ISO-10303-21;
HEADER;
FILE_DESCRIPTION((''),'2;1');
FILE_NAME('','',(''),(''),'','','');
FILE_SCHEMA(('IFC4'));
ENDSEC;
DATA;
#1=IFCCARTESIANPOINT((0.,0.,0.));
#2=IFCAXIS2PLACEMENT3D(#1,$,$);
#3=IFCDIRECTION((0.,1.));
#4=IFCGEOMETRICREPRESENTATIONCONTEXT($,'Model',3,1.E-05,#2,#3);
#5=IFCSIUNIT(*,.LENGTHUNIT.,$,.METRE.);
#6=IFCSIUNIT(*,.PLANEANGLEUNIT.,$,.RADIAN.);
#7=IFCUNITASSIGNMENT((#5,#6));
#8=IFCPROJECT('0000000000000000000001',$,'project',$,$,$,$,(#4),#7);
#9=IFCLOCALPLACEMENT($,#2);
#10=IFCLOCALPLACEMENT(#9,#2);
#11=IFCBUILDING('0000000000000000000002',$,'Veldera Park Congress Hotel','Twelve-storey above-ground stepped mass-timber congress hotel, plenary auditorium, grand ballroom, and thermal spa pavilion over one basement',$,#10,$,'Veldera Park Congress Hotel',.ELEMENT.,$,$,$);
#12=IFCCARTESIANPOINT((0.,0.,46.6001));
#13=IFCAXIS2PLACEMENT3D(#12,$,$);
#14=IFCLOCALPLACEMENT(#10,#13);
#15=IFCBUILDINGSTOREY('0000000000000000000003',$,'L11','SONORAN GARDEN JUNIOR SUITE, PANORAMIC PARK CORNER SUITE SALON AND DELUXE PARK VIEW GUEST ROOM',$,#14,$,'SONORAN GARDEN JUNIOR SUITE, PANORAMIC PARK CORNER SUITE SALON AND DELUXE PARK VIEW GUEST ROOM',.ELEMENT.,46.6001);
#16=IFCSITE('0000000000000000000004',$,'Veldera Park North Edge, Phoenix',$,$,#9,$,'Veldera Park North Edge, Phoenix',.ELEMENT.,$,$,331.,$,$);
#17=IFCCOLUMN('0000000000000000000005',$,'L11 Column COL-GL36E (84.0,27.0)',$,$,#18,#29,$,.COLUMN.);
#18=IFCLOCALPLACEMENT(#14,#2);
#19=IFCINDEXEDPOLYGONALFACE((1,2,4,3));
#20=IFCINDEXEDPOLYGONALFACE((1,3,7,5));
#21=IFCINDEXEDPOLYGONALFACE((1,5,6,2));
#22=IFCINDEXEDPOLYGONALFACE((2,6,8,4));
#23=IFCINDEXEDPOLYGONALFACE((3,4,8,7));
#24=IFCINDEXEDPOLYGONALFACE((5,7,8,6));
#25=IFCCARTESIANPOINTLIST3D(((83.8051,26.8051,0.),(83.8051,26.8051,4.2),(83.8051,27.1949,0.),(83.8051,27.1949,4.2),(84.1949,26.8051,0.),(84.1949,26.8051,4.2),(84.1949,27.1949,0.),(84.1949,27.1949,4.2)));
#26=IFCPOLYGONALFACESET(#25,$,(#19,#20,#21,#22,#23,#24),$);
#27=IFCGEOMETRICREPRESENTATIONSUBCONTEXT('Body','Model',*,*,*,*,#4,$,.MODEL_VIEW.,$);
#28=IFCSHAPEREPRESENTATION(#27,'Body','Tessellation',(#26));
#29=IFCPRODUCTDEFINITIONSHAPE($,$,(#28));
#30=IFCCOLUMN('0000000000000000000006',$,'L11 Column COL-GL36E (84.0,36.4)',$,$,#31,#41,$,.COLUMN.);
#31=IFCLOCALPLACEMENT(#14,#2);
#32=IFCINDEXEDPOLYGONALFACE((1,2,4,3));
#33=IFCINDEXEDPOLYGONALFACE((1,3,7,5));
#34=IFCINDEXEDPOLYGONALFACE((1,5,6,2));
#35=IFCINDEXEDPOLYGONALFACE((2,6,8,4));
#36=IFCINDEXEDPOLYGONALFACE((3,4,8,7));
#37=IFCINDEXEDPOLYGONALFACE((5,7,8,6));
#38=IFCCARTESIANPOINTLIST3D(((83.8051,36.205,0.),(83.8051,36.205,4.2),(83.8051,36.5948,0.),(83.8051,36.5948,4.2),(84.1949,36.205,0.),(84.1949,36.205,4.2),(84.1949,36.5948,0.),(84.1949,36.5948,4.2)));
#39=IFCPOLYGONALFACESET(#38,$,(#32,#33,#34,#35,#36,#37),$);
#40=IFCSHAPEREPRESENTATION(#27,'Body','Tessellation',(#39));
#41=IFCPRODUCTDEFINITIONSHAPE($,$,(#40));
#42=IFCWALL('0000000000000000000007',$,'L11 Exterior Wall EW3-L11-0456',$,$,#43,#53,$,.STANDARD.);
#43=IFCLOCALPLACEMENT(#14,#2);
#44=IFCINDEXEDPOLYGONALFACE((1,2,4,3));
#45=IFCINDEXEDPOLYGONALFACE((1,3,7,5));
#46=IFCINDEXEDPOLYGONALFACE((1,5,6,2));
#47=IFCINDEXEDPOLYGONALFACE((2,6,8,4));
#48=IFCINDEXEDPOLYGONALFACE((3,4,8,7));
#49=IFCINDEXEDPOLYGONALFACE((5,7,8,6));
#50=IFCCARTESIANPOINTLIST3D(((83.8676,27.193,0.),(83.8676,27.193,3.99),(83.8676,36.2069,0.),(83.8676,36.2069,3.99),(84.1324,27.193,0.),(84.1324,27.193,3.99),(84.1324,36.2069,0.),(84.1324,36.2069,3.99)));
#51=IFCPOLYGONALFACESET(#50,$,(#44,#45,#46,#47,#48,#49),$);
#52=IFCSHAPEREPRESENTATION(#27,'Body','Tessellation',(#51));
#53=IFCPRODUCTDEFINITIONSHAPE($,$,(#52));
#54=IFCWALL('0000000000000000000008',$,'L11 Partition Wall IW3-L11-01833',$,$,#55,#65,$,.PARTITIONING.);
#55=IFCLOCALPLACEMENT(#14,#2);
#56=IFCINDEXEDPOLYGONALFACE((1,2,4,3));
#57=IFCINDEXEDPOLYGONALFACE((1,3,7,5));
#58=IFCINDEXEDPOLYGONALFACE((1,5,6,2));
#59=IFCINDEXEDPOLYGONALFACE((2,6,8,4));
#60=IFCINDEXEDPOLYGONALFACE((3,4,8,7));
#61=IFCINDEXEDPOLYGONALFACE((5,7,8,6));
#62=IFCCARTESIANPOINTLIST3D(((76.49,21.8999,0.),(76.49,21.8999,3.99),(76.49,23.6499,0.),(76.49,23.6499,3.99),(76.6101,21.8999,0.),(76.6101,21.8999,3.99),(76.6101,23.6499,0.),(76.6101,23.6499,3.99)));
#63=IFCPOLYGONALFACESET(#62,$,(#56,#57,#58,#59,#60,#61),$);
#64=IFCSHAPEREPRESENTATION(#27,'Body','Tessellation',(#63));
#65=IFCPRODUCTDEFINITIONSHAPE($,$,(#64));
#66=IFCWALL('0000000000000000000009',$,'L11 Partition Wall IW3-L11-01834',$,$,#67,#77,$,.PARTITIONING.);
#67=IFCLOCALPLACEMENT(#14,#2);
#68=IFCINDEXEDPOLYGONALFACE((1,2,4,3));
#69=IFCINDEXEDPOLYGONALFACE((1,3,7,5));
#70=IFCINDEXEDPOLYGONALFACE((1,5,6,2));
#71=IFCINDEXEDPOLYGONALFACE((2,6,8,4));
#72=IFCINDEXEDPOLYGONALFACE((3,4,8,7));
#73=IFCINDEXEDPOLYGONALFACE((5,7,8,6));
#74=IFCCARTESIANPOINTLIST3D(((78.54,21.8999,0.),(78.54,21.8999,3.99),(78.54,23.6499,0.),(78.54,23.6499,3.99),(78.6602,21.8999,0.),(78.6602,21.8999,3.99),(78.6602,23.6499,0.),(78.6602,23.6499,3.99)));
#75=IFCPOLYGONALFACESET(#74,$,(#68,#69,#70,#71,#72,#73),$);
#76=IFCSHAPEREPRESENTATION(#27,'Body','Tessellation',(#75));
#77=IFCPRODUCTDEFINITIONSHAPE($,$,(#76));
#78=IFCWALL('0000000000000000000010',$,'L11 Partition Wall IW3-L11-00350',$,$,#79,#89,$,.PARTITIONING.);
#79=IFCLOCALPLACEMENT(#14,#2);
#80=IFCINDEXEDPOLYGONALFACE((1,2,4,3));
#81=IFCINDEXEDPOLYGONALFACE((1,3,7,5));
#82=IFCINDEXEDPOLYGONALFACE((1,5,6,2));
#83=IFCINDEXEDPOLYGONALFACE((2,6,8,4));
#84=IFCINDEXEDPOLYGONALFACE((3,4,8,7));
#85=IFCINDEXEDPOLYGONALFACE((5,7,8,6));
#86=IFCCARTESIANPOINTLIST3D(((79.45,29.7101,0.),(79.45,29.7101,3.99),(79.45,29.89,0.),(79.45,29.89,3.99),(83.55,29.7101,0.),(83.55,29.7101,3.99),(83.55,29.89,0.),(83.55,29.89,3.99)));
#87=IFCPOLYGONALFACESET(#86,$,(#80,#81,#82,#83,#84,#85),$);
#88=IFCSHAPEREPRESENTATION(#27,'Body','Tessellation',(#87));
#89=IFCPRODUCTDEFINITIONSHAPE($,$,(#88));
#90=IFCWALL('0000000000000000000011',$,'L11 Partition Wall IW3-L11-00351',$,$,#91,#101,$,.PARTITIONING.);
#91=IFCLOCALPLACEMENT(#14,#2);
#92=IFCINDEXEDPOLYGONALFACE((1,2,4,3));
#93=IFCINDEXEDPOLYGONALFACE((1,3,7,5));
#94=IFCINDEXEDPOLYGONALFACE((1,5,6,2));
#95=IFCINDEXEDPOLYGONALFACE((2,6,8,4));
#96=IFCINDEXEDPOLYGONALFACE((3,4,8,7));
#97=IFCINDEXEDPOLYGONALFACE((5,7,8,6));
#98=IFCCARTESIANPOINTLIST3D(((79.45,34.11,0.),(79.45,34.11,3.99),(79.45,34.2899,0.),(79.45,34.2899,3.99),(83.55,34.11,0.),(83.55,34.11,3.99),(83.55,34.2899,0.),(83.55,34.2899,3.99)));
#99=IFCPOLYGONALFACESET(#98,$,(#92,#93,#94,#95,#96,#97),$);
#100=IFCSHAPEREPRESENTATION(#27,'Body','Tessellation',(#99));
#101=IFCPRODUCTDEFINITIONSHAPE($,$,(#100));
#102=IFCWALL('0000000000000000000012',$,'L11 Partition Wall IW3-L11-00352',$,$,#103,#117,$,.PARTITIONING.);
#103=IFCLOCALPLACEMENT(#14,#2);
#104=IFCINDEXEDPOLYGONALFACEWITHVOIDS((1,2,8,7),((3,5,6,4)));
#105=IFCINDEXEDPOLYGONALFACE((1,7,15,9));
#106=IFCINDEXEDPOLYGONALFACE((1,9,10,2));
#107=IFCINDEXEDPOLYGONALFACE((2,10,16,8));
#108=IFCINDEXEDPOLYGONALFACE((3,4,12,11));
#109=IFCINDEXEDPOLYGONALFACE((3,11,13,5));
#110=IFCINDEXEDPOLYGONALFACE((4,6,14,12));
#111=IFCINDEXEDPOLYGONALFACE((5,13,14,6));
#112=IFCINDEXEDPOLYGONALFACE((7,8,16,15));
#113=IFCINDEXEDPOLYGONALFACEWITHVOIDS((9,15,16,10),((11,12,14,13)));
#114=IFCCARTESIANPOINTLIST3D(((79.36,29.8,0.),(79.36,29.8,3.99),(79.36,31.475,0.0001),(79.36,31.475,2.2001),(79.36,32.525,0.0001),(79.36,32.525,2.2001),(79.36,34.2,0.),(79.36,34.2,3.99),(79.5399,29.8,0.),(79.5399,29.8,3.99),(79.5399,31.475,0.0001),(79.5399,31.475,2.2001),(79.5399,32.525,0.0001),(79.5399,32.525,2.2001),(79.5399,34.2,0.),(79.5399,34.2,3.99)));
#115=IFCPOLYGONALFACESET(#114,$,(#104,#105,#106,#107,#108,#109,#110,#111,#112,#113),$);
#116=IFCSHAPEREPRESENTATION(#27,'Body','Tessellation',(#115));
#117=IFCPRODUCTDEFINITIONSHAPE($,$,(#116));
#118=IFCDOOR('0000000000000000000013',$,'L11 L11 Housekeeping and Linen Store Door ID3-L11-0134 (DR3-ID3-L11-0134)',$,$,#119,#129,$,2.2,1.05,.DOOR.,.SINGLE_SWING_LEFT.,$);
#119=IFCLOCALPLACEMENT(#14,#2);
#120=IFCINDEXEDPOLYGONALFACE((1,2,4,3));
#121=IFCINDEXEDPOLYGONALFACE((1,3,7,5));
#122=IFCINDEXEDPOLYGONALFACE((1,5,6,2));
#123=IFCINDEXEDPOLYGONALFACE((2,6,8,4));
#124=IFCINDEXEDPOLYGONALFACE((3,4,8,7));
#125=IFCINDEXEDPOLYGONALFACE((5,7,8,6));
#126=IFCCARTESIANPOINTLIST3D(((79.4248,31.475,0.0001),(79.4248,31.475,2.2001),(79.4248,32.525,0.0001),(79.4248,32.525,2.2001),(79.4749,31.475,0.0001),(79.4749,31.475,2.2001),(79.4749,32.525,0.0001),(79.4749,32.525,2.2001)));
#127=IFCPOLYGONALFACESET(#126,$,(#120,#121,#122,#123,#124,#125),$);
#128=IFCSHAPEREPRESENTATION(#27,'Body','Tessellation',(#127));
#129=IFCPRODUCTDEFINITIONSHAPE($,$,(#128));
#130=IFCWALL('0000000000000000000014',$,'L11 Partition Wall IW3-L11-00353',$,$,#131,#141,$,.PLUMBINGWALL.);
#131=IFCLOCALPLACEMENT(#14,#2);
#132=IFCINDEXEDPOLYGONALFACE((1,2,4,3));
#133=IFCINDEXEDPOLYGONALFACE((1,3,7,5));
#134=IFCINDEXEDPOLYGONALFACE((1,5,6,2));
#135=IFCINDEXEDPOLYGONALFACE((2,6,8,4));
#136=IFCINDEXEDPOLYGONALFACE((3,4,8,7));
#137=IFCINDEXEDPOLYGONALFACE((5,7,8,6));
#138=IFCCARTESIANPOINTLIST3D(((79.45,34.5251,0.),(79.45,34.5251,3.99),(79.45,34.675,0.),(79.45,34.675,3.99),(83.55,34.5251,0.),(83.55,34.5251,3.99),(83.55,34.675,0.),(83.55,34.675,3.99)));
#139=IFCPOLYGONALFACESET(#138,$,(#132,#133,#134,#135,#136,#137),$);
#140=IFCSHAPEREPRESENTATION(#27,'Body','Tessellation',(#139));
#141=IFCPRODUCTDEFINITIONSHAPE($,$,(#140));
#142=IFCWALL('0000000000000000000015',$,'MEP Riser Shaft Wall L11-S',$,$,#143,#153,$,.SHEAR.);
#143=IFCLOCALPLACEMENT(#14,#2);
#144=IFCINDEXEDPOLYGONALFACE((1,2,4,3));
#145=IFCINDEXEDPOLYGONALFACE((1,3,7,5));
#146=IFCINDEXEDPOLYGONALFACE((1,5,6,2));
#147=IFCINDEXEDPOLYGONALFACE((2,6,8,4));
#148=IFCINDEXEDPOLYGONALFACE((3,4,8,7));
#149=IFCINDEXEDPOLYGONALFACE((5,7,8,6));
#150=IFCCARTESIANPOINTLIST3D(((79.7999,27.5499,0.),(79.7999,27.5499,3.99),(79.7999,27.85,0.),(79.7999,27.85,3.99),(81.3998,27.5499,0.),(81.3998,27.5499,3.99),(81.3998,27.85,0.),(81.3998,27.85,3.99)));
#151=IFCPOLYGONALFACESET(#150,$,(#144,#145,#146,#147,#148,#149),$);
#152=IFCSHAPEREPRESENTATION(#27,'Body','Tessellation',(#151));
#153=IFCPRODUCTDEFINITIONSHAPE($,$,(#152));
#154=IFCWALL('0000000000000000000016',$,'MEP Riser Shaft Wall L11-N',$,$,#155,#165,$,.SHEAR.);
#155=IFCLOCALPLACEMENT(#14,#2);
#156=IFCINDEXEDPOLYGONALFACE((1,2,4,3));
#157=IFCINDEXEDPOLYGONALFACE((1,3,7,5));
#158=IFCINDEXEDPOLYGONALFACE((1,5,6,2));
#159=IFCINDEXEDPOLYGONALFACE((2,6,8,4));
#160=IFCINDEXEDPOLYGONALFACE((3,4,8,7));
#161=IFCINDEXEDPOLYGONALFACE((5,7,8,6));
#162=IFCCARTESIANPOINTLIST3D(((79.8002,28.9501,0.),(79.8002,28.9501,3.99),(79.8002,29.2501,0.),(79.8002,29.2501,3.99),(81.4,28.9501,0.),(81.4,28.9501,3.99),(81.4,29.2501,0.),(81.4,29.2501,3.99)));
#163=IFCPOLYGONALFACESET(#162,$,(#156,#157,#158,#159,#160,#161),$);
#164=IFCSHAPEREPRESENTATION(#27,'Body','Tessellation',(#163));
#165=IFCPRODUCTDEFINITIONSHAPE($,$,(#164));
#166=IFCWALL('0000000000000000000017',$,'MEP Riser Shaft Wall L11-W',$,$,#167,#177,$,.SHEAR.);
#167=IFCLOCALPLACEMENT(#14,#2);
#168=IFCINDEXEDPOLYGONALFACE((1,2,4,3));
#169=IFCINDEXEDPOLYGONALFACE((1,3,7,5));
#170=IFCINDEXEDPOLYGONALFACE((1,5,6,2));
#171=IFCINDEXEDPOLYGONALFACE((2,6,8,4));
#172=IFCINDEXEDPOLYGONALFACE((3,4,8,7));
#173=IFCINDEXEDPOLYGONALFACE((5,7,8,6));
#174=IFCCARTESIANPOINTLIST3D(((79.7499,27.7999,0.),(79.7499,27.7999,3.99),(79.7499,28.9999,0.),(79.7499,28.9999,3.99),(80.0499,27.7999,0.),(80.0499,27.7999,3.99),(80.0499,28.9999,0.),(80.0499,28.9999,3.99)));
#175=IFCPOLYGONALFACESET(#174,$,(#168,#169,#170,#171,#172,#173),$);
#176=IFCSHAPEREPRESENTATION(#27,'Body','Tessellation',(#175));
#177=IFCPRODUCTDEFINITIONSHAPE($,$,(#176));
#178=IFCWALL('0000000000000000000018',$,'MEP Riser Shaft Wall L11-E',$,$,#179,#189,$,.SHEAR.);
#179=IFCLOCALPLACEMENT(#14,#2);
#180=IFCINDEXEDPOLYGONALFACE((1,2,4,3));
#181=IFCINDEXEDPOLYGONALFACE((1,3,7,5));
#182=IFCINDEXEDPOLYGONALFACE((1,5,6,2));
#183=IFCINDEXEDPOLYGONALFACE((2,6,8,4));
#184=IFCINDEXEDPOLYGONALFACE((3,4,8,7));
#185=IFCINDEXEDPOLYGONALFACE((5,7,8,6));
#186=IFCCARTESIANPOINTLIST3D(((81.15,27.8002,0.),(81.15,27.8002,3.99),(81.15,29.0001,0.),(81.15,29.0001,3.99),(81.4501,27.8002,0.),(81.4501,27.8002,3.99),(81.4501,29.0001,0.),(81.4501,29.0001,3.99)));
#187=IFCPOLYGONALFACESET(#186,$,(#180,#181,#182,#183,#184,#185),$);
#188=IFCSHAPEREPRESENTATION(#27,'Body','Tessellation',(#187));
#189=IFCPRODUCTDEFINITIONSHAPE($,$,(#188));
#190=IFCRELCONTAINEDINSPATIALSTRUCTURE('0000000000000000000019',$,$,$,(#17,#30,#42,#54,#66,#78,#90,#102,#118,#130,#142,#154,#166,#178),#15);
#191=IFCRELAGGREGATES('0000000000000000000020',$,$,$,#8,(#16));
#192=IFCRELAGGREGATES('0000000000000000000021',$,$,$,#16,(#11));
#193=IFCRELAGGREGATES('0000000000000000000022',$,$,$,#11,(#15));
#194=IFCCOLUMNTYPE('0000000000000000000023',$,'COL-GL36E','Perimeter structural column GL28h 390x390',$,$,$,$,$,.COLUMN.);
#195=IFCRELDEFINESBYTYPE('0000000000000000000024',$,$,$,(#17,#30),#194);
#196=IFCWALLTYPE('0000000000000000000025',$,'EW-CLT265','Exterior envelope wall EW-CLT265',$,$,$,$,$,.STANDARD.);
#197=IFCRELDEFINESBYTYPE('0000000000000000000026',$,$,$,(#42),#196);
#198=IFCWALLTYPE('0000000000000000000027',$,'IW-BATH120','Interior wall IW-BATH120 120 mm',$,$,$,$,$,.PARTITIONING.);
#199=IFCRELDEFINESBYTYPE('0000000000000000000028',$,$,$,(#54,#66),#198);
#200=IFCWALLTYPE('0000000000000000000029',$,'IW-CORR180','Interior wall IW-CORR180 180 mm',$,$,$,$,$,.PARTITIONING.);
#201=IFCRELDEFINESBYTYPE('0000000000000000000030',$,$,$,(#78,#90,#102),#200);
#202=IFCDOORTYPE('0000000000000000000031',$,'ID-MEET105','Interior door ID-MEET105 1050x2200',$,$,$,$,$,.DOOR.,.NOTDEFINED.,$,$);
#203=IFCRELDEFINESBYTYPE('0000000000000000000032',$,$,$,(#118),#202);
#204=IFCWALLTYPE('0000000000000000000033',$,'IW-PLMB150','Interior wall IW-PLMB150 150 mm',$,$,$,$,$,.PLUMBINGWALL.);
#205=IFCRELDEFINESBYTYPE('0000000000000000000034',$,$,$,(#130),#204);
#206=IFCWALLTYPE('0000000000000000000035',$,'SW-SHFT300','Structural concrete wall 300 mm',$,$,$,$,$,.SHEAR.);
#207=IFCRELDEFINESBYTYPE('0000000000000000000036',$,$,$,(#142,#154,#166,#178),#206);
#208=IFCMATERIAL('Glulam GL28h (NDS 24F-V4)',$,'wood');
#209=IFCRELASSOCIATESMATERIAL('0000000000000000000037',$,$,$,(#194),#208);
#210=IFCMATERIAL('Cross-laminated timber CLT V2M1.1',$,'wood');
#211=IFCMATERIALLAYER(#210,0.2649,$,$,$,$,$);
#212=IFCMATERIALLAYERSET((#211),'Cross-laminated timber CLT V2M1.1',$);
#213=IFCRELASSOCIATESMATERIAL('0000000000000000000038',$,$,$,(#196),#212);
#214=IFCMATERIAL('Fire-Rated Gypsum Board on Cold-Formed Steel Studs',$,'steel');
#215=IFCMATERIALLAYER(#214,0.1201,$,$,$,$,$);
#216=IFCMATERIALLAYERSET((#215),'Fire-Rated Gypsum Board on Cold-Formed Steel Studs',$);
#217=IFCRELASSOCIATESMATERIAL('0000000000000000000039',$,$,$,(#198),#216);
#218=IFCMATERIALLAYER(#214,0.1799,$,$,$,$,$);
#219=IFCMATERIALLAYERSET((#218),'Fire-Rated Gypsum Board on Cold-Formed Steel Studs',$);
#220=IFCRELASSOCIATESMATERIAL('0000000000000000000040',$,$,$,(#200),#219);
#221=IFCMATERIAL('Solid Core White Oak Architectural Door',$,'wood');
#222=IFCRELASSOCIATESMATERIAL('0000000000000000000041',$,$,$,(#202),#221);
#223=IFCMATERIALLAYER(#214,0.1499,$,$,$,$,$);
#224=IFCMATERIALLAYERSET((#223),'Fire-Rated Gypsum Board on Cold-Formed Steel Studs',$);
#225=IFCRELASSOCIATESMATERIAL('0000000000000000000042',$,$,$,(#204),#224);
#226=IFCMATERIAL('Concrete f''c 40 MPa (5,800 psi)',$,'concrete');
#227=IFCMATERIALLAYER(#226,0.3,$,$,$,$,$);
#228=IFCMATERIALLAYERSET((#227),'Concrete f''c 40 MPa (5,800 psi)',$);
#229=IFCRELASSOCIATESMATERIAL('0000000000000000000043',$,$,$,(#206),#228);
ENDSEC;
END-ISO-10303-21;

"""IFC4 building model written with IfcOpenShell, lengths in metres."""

from ifc_helpers import new_model, si_unit, direction, frame, frame_2d, origin, origin_2d, place, context, subcontext, project, spatial, rectangle, extrude, material, layer, layer_set, material_profile, profile_set, type_object, element, fill, save


model = new_model("IFC4")

# Units and contexts
model_context = context("Model", 3, precision=1e-05, world=origin(), true_north=direction((0.0, 1.0)))
body_context = subcontext(model_context, "Body", "Model", "MODEL_VIEW")
ifc_project = project(units=[si_unit("LENGTHUNIT", "METRE"), si_unit("PLANEANGLEUNIT", "RADIAN")], contexts=[model_context])

# Site, building, storey
site_placement = place(None, origin())
site = spatial("IfcSite", under=ifc_project, at=site_placement, Name="Veldera Park North Edge, Phoenix", LongName="Veldera Park North Edge, Phoenix", CompositionType="ELEMENT", RefElevation=331.0)
building_placement = place(site_placement, origin())
building = spatial("IfcBuilding", under=site, at=building_placement, Name="Veldera Park Congress Hotel", Description="Twelve-storey above-ground stepped mass-timber congress hotel, plenary auditorium, grand ballroom, and thermal spa pavilion over one basement", LongName="Veldera Park Congress Hotel", CompositionType="ELEMENT")
storey_placement = place(building_placement, frame((0.0, 0.0, 46.6001)))
storey = spatial("IfcBuildingStorey", under=building, at=storey_placement, Name="L11", Description="SONORAN GARDEN JUNIOR SUITE, PANORAMIC PARK CORNER SUITE SALON AND DELUXE PARK VIEW GUEST ROOM", LongName="SONORAN GARDEN JUNIOR SUITE, PANORAMIC PARK CORNER SUITE SALON AND DELUXE PARK VIEW GUEST ROOM", CompositionType="ELEMENT", Elevation=46.6001)

# Columns
ifc_material_1 = material(Name="Glulam GL28h (NDS 24F-V4)", Category="wood")
ifc_material_profile = material_profile(ifc_material_1, rectangle(XDim=0.3899, YDim=0.3899, at=origin_2d()), Name="GL28h 390x390")
ifc_profile_set = profile_set([ifc_material_profile], Name="Glulam GL28h (NDS 24F-V4)")
column_type = type_object("IfcColumnType", Name="COL-GL36E", Description="Perimeter structural column GL28h 390x390", PredefinedType="COLUMN", material=ifc_profile_set)
for number, where, z_axis, x_axis, name in (
    (1, (84.0, 27.0, 0.0), (0.0, 0.0, 1.0), (1.0, 0.0, 0.0), "L11 Column COL-GL36E (84.0,27.0)"),
    (2, (84.0, 36.3999, 0.0), (0.0, 0.0, 1.0), (1.0, 0.0, 0.0), "L11 Column COL-GL36E (84.0,36.4)"),
):
    element("IfcColumn", number, at=place(storey_placement, frame(where, z_axis=z_axis, x_axis=x_axis)), inside=storey, type_object=column_type, Name=name, PredefinedType="COLUMN", context=body_context, shape_type="SweptSolid", body=[
        extrude(rectangle(XDim=0.3899, YDim=0.3899, at=origin_2d()), origin(), (0.0, 0.0, 1.0), 4.2),
    ])

# Wall
ifc_material_2 = material(Name="Cross-laminated timber CLT V2M1.1", Category="wood")
ifc_layer_1 = layer(ifc_material_2, 0.2649)
ifc_layer_set_1 = layer_set([ifc_layer_1], Name="Cross-laminated timber CLT V2M1.1")
wall_type_1 = type_object("IfcWallType", Name="EW-CLT265", Description="Exterior envelope wall EW-CLT265", PredefinedType="STANDARD", material=ifc_layer_set_1)
wall_1_placement = place(storey_placement, frame((84.0, 27.1931, 0.0), z_axis=(0.0, 0.0, 1.0), x_axis=(0.0, 1.0, 0.0)))
element("IfcWall", 3, at=wall_1_placement, inside=storey, type_object=wall_type_1, Name="L11 Exterior Wall EW3-L11-0456", PredefinedType="STANDARD", context=body_context, shape_type="SweptSolid", body=[
    extrude(rectangle(XDim=9.0139, YDim=0.2649, at=frame_2d((4.5068, 0.0))), origin(), (0.0, 0.0, 1.0), 3.99),
])

# Shared definitions
ifc_material_3 = material(Name="Fire-Rated Gypsum Board on Cold-Formed Steel Studs", Category="steel")
ifc_layer_2 = layer(ifc_material_3, 0.1201)
ifc_layer_set_2 = layer_set([ifc_layer_2], Name="Fire-Rated Gypsum Board on Cold-Formed Steel Studs")
wall_type_2 = type_object("IfcWallType", Name="IW-BATH120", Description="Interior wall IW-BATH120 120 mm", PredefinedType="PARTITIONING", material=ifc_layer_set_2)
ifc_material_4 = material(Name="Solid Core White Oak Architectural Door", Category="wood")

# Walls
for number, where, z_axis, x_axis, name in (
    (4, (76.55, 21.8999, 0.0), (0.0, 0.0, 1.0), (0.0, 1.0, 0.0), "L11 Partition Wall IW3-L11-01833"),
    (5, (78.6001, 21.8999, 0.0), (0.0, 0.0, 1.0), (0.0, 1.0, 0.0), "L11 Partition Wall IW3-L11-01834"),
):
    element("IfcWall", number, at=place(storey_placement, frame(where, z_axis=z_axis, x_axis=x_axis)), inside=storey, type_object=wall_type_2, Name=name, PredefinedType="PARTITIONING", context=body_context, shape_type="SweptSolid", body=[
        extrude(rectangle(XDim=1.75, YDim=0.1201, at=frame_2d((0.875, 0.0))), origin(), (0.0, 0.0, 1.0), 3.99),
    ])

# Walls
ifc_layer_3 = layer(ifc_material_3, 0.1799)
ifc_layer_set_3 = layer_set([ifc_layer_3], Name="Fire-Rated Gypsum Board on Cold-Formed Steel Studs")
wall_type_3 = type_object("IfcWallType", Name="IW-CORR180", Description="Interior wall IW-CORR180 180 mm", PredefinedType="PARTITIONING", material=ifc_layer_set_3)
for number, where, z_axis, x_axis, name in (
    (6, (79.45, 29.8, 0.0), (0.0, 0.0, 1.0), (1.0, 0.0, 0.0), "L11 Partition Wall IW3-L11-00350"),
    (7, (83.55, 34.2, 0.0), (0.0, 0.0, 1.0), (-1.0, 0.0, 0.0), "L11 Partition Wall IW3-L11-00351"),
):
    element("IfcWall", number, at=place(storey_placement, frame(where, z_axis=z_axis, x_axis=x_axis)), inside=storey, type_object=wall_type_3, Name=name, PredefinedType="PARTITIONING", context=body_context, shape_type="SweptSolid", body=[
        extrude(rectangle(XDim=4.1001, YDim=0.1799, at=frame_2d((2.05, 0.0))), origin(), (0.0, 0.0, 1.0), 3.99),
    ])

# Wall, opening, door
wall_2_placement = place(storey_placement, frame((79.45, 34.2, 0.0), z_axis=(0.0, 0.0, 1.0), x_axis=(0.0, -1.0, 0.0)))
wall_2 = element("IfcWall", 8, at=wall_2_placement, inside=storey, type_object=wall_type_3, Name="L11 Partition Wall IW3-L11-00352", PredefinedType="PARTITIONING", context=body_context, shape_type="SweptSolid", body=[
    extrude(rectangle(XDim=4.3999, YDim=0.1799, at=frame_2d((2.2, 0.0))), origin(), (0.0, 0.0, 1.0), 3.99),
])
opening_1_placement = place(wall_2_placement, frame((1.675, 0.0, 0.0)))
opening_1 = element("IfcOpeningElement", 9, at=opening_1_placement, cuts=wall_2, PredefinedType="OPENING", context=body_context, shape_type="SweptSolid", body=[
    extrude(rectangle(XDim=1.05, YDim=2.2, at=frame_2d((0.5249, 1.1001))), frame((0.0, 0.1021, 0.0), z_axis=(0.0, -1.0, 0.0), x_axis=(1.0, 0.0, 0.0)), (0.0, 0.0, 1.0), 0.2039),
])
door_type_1 = type_object("IfcDoorType", Name="ID-MEET105", Description="Interior door ID-MEET105 1050x2200", OperationType="NOTDEFINED", PredefinedType="DOOR", material=ifc_material_4)
door_1_placement = place(opening_1_placement, origin())
door_1 = element("IfcDoor", 10, at=door_1_placement, inside=storey, type_object=door_type_1, Name="L11 L11 Housekeeping and Linen Store Door ID3-L11-0134 (DR3-ID3-L11-0134)", OperationType="SINGLE_SWING_LEFT", OverallHeight=2.2, OverallWidth=1.05, PredefinedType="DOOR", context=body_context, shape_type="SweptSolid", body=[
    extrude(rectangle(XDim=1.05, YDim=2.2, at=frame_2d((0.5249, 1.1001))), frame((0.0, 0.0249, 0.0), z_axis=(0.0, -1.0, 0.0), x_axis=(1.0, 0.0, 0.0)), (0.0, 0.0, 1.0), 0.05),
])
fill(opening_1, door_1)

# Walls
ifc_layer_4 = layer(ifc_material_3, 0.1499)
ifc_layer_set_4 = layer_set([ifc_layer_4], Name="Fire-Rated Gypsum Board on Cold-Formed Steel Studs")
wall_type_4 = type_object("IfcWallType", Name="IW-PLMB150", Description="Interior wall IW-PLMB150 150 mm", PredefinedType="PLUMBINGWALL", material=ifc_layer_set_4)
wall_3_placement = place(storey_placement, frame((79.45, 34.6001, 0.0), z_axis=(0.0, 0.0, 1.0), x_axis=(1.0, 0.0, 0.0)))
element("IfcWall", 11, at=wall_3_placement, inside=storey, type_object=wall_type_4, Name="L11 Partition Wall IW3-L11-00353", PredefinedType="PLUMBINGWALL", context=body_context, shape_type="SweptSolid", body=[
    extrude(rectangle(XDim=4.1001, YDim=0.1499, at=frame_2d((2.05, 0.0))), origin(), (0.0, 0.0, 1.0), 3.99),
])
ifc_material_5 = material(Name="Concrete f'c 40 MPa (5,800 psi)", Category="concrete")
ifc_layer_5 = layer(ifc_material_5, 0.3)
ifc_layer_set_5 = layer_set([ifc_layer_5], Name="Concrete f'c 40 MPa (5,800 psi)")
wall_type_5 = type_object("IfcWallType", Name="SW-SHFT300", Description="Structural concrete wall 300 mm", PredefinedType="SHEAR", material=ifc_layer_set_5)
for number, where, z_axis, x_axis, name in (
    (12, (79.8, 27.7, 0.0), (0.0, 0.0, 1.0), (1.0, 0.0, 0.0), "MEP Riser Shaft Wall L11-S"),
    (13, (81.3999, 29.1001, 0.0), (0.0, 0.0, 1.0), (-1.0, 0.0, 0.0), "MEP Riser Shaft Wall L11-N"),
):
    element("IfcWall", number, at=place(storey_placement, frame(where, z_axis=z_axis, x_axis=x_axis)), inside=storey, type_object=wall_type_5, Name=name, PredefinedType="SHEAR", context=body_context, shape_type="SweptSolid", body=[
        extrude(rectangle(XDim=1.5999, YDim=0.3, at=frame_2d((0.7998, 0.0))), origin(), (0.0, 0.0, 1.0), 3.99),
    ])
for number, where, z_axis, x_axis, name in (
    (14, (79.8999, 29.0, 0.0), (0.0, 0.0, 1.0), (0.0, -1.0, 0.0), "MEP Riser Shaft Wall L11-W"),
    (15, (81.3, 27.8, 0.0), (0.0, 0.0, 1.0), (0.0, 1.0, 0.0), "MEP Riser Shaft Wall L11-E"),
):
    element("IfcWall", number, at=place(storey_placement, frame(where, z_axis=z_axis, x_axis=x_axis)), inside=storey, type_object=wall_type_5, Name=name, PredefinedType="SHEAR", context=body_context, shape_type="SweptSolid", body=[
        extrude(rectangle(XDim=1.2, YDim=0.3, at=frame_2d((0.6001, 0.0))), origin(), (0.0, 0.0, 1.0), 3.99),
    ])

save(model, "model.ifc")
